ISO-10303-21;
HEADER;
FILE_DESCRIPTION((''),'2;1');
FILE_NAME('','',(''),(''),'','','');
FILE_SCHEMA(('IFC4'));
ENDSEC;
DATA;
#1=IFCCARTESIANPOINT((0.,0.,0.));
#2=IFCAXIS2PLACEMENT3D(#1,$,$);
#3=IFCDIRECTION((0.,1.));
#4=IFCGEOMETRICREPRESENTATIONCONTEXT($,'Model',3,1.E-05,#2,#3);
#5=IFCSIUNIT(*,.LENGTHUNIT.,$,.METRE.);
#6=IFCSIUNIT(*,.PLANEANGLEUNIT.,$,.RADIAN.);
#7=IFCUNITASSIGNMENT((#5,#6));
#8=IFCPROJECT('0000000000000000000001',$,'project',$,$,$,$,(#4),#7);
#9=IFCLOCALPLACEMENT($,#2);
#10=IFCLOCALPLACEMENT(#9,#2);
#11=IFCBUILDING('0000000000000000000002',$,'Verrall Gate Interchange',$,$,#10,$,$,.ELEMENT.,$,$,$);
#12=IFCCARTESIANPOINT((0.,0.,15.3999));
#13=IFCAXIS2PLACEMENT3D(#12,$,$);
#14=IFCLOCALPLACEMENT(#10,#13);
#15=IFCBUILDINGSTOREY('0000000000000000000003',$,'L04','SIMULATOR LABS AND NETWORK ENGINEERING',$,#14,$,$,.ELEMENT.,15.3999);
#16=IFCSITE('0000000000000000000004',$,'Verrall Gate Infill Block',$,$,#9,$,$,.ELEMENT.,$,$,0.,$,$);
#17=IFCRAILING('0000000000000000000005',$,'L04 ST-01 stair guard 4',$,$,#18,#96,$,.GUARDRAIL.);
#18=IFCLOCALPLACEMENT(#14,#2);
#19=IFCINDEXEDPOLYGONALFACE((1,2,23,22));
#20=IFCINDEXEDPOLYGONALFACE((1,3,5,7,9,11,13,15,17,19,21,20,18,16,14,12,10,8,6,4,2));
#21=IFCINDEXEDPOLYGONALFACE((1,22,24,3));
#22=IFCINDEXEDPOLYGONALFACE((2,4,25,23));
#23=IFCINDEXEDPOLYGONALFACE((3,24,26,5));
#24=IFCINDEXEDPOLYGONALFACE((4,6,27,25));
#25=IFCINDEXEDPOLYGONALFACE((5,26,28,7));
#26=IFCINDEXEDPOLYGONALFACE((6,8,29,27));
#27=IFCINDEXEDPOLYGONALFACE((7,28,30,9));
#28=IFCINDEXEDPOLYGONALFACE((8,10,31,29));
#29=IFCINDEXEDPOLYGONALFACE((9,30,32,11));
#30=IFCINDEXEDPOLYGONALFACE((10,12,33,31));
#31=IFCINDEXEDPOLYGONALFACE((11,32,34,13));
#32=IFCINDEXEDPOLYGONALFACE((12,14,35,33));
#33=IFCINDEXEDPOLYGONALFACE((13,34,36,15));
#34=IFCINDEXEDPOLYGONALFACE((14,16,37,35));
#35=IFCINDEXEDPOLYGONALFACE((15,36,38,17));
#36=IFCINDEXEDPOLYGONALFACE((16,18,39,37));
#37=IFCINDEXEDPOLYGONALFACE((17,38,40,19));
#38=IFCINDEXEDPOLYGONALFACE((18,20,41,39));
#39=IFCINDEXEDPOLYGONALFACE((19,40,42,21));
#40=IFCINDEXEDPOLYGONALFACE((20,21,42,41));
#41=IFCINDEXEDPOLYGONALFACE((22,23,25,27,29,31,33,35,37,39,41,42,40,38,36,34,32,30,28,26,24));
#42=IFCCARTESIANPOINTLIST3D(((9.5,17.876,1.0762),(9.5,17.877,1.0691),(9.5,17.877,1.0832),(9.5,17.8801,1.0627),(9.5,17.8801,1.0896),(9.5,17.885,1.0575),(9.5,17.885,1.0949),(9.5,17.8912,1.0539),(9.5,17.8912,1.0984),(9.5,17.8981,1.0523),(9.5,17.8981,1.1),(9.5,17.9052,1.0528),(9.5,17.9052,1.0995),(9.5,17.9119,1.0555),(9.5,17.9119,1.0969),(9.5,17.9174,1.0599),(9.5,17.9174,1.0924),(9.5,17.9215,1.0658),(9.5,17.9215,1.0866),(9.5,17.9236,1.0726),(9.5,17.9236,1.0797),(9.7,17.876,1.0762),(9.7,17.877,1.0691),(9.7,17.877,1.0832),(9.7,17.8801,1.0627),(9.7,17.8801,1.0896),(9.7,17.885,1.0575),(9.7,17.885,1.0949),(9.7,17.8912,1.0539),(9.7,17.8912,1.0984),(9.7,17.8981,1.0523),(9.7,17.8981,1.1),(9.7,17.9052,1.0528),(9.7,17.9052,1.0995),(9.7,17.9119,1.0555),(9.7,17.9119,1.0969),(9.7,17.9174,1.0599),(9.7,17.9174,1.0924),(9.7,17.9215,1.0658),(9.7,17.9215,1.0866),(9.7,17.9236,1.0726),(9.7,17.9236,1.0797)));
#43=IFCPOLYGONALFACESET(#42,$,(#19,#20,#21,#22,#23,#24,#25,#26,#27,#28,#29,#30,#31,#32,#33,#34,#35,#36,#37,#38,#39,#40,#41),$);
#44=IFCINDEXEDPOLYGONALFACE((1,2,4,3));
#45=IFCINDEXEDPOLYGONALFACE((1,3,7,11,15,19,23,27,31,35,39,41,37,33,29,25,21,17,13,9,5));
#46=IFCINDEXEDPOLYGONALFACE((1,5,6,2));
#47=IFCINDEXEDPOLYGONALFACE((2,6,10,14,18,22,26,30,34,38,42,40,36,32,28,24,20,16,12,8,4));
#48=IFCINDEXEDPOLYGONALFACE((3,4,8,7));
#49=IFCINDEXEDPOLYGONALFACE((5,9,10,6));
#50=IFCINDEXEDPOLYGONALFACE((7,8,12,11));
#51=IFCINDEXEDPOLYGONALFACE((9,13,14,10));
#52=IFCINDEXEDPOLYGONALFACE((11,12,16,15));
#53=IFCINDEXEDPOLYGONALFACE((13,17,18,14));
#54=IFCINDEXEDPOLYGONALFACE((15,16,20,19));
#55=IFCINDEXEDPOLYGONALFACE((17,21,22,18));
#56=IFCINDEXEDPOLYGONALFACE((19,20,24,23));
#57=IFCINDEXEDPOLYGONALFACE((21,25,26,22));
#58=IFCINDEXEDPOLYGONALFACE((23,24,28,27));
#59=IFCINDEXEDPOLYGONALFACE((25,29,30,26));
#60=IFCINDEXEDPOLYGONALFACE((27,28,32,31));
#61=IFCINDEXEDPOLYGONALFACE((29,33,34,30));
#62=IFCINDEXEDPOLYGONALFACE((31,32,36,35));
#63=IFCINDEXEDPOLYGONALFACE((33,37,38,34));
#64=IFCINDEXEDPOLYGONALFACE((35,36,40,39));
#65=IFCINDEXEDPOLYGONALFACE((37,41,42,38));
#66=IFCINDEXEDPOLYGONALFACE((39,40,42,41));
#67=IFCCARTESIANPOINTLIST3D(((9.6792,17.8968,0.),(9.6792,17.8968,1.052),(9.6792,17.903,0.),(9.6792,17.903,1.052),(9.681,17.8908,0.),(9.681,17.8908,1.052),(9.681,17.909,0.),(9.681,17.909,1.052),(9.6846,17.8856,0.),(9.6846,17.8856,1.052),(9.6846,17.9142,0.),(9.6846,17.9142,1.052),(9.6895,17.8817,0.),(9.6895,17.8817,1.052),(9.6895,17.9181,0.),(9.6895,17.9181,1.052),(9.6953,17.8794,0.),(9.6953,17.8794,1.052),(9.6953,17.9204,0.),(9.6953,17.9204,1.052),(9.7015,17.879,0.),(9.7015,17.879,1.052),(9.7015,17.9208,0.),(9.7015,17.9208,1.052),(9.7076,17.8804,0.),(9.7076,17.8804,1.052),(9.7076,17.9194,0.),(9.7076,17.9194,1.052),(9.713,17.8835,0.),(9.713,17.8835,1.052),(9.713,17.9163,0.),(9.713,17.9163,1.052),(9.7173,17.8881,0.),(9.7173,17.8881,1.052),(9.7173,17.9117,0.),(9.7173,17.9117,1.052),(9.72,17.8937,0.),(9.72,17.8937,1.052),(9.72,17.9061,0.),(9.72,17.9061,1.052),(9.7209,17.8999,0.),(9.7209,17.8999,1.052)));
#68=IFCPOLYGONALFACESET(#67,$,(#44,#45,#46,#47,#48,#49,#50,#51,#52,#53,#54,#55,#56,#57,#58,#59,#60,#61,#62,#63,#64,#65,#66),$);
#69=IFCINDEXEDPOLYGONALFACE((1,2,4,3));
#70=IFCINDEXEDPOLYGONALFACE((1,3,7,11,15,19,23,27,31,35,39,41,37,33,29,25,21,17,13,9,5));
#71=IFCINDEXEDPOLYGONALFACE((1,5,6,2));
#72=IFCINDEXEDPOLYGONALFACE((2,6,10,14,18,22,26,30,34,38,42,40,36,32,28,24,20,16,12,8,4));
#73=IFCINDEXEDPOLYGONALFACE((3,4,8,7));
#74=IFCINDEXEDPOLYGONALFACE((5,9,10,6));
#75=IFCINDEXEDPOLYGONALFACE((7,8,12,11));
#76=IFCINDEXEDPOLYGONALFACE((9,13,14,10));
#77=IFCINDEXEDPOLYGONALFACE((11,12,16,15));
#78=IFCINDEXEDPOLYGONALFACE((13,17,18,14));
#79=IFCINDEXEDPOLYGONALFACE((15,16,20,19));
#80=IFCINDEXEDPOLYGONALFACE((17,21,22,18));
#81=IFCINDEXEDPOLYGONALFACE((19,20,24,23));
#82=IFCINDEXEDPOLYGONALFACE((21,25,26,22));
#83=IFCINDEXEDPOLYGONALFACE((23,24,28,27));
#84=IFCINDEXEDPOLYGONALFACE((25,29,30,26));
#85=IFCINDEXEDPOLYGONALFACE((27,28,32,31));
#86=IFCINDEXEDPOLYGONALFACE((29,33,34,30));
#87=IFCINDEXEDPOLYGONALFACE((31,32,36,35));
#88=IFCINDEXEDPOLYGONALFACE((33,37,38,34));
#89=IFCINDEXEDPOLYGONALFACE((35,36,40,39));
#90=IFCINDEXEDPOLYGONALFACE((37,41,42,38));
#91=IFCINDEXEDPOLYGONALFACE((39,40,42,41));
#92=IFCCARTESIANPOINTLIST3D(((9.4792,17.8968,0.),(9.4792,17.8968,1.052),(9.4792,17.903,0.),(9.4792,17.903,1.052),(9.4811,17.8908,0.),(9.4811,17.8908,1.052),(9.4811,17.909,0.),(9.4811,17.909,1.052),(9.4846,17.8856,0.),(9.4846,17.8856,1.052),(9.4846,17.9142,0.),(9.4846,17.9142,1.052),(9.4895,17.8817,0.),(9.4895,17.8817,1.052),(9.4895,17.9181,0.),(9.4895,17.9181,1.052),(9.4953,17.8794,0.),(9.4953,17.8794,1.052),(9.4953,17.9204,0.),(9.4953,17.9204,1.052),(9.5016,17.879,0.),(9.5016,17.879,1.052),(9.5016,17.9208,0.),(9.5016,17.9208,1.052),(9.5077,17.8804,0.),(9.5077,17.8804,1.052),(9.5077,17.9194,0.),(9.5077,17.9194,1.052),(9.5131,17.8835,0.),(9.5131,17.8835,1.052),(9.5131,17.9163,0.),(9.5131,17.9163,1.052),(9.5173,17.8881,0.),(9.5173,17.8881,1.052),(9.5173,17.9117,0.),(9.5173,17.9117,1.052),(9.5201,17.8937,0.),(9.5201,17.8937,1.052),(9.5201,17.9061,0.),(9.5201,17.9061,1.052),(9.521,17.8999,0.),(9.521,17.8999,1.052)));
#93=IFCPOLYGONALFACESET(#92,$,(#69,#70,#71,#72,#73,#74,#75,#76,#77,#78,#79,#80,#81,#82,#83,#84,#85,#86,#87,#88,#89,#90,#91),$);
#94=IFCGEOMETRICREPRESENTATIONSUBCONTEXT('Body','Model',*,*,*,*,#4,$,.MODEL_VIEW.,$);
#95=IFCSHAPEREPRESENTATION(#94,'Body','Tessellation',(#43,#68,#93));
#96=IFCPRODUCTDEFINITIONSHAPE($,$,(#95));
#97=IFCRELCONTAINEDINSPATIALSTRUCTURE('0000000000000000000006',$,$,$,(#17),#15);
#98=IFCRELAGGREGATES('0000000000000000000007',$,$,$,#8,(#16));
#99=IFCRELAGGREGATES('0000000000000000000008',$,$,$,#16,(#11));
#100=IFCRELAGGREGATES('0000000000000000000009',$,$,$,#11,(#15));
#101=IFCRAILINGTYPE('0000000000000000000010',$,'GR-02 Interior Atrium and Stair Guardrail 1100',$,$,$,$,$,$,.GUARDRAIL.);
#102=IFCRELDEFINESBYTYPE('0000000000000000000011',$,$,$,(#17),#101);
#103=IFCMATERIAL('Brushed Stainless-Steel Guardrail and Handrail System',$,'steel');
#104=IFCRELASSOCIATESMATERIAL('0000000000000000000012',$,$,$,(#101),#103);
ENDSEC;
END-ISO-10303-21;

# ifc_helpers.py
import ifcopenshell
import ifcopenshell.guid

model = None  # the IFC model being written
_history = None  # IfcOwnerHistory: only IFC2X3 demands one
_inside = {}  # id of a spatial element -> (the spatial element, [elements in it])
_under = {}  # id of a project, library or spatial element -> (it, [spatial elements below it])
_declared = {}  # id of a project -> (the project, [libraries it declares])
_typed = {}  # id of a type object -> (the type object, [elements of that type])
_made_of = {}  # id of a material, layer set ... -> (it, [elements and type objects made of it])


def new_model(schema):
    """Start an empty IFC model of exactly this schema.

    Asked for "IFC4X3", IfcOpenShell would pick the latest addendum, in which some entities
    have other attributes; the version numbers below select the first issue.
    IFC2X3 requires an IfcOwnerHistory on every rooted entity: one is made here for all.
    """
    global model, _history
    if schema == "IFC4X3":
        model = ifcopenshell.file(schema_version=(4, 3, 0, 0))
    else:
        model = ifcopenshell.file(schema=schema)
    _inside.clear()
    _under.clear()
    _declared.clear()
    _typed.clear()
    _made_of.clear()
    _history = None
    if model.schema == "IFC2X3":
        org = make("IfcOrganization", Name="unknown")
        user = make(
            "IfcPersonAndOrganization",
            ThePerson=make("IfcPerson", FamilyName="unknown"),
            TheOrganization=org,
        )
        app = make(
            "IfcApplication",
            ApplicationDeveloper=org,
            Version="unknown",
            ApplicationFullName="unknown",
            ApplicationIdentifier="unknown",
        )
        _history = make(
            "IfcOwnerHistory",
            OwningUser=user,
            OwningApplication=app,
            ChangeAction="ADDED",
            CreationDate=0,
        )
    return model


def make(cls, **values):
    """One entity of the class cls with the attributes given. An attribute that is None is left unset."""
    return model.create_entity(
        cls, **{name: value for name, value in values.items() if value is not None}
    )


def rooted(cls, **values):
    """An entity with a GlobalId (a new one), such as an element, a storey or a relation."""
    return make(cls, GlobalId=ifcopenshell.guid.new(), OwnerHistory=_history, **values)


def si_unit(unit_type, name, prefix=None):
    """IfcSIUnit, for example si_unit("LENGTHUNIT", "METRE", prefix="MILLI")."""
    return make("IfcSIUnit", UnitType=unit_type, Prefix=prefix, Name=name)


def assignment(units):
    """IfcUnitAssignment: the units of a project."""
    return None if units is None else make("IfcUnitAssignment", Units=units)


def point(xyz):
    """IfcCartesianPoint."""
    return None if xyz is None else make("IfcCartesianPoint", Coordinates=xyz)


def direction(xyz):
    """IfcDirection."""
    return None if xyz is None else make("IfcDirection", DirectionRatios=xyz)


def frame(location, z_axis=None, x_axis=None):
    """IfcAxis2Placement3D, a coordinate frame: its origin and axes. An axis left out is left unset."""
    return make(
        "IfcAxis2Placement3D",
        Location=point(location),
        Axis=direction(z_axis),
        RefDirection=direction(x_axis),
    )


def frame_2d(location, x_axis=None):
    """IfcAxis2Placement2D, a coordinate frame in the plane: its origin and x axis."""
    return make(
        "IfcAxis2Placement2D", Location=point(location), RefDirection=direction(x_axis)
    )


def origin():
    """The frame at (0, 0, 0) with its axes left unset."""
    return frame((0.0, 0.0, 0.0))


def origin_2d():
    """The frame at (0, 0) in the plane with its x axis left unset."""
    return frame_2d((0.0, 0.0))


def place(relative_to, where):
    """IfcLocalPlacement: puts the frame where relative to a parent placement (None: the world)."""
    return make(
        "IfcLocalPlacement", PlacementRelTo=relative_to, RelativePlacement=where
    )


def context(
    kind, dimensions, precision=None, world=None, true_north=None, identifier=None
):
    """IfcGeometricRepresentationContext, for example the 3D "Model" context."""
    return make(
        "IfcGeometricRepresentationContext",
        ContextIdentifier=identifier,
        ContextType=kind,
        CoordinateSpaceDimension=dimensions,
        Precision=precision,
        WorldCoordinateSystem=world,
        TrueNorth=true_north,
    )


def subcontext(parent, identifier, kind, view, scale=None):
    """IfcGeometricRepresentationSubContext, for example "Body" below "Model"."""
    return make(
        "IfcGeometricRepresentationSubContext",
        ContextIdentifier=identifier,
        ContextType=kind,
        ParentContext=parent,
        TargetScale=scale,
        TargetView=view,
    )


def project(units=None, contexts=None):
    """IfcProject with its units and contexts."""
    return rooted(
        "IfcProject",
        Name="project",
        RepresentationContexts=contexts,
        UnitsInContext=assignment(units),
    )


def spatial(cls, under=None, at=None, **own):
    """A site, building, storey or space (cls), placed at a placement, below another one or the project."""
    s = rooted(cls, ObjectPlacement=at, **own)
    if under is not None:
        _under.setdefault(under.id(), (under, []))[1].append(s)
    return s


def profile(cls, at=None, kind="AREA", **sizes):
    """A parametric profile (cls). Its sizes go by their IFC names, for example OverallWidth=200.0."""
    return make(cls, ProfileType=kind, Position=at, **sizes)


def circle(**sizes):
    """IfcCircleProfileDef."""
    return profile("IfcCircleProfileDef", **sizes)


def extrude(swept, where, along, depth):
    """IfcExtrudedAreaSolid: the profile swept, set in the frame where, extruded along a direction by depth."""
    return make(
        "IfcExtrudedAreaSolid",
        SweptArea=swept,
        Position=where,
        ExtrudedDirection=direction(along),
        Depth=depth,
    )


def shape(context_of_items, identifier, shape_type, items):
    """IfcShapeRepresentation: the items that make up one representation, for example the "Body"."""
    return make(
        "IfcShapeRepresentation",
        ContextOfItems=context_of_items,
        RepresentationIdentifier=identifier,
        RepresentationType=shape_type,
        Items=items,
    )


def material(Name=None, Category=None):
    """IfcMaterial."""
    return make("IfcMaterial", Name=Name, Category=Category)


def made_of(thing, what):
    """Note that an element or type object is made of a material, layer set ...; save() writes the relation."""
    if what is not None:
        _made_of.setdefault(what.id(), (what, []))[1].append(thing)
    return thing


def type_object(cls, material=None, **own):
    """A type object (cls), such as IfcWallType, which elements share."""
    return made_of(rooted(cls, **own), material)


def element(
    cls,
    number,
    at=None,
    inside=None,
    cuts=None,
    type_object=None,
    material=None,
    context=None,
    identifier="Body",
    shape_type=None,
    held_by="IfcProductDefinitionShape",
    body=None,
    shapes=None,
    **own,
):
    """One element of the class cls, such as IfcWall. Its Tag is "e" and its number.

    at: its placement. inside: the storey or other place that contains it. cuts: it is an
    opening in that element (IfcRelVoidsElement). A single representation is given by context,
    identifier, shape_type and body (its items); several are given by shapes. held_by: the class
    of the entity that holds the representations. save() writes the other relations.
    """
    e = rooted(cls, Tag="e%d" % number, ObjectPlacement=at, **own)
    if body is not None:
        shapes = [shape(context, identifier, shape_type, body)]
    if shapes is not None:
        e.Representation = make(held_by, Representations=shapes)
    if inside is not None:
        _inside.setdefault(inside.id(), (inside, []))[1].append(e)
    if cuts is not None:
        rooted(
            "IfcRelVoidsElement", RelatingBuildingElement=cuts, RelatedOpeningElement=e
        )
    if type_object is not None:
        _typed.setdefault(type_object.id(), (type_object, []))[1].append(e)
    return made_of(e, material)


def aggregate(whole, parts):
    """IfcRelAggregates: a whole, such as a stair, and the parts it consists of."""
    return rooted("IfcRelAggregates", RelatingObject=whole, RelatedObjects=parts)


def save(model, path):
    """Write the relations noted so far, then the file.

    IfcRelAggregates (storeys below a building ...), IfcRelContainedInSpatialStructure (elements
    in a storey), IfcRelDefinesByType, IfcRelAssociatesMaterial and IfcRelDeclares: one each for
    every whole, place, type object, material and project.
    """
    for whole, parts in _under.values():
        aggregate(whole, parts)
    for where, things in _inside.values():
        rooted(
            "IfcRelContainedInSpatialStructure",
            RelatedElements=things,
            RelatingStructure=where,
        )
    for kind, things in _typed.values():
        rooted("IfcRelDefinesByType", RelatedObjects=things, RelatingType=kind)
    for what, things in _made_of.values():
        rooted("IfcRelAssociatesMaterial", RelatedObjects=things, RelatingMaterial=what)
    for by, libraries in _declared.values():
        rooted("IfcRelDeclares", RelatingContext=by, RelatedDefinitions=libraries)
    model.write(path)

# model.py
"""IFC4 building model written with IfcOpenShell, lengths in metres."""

from ifc_helpers import new_model, si_unit, direction, frame, origin, origin_2d, place, context, subcontext, project, spatial, circle, extrude, material, type_object, element, save


model = new_model("IFC4")

# Units and contexts
model_context = context("Model", 3, precision=1e-05, world=origin(), true_north=direction((0.0, 1.0)))
body_context = subcontext(model_context, "Body", "Model", "MODEL_VIEW")
ifc_project = project(units=[si_unit("LENGTHUNIT", "METRE"), si_unit("PLANEANGLEUNIT", "RADIAN")], contexts=[model_context])

# Site, building, storey
site_placement = place(None, origin())
site = spatial("IfcSite", under=ifc_project, at=site_placement, Name="Verrall Gate Infill Block", CompositionType="ELEMENT", RefElevation=0.0)
building_placement = place(site_placement, origin())
building = spatial("IfcBuilding", under=site, at=building_placement, Name="Verrall Gate Interchange", CompositionType="ELEMENT")
storey_placement = place(building_placement, frame((0.0, 0.0, 15.3999)))
storey = spatial("IfcBuildingStorey", under=building, at=storey_placement, Name="L04", Description="SIMULATOR LABS AND NETWORK ENGINEERING", CompositionType="ELEMENT", Elevation=15.3999)

# Railing
ifc_material_1 = material(Name="Brushed Stainless-Steel Guardrail and Handrail System", Category="steel")
railing_type_1 = type_object("IfcRailingType", Name="GR-02 Interior Atrium and Stair Guardrail 1100", PredefinedType="GUARDRAIL", material=ifc_material_1)
railing_1_placement = place(storey_placement, frame((9.7, 17.8999, 0.0)))
element("IfcRailing", 1, at=railing_1_placement, inside=storey, type_object=railing_type_1, Name="L04 ST-01 stair guard 4", PredefinedType="GUARDRAIL", context=body_context, shape_type="SweptSolid", body=[
    extrude(circle(Radius=0.0239, at=origin_2d()), frame((0.0, 0.0, 1.0762), z_axis=(-1.0, 0.0, 0.0), x_axis=(0.0, -1.0, 0.0)), (0.0, 0.0, 1.0), 0.2),
    extrude(circle(Radius=0.021, at=origin_2d()), origin(), (0.0, 0.0, 1.0), 1.052),
    extrude(circle(Radius=0.021, at=origin_2d()), frame((-0.2, 0.0, 0.0)), (0.0, 0.0, 1.0), 1.052),
])

save(model, "model.ifc")
